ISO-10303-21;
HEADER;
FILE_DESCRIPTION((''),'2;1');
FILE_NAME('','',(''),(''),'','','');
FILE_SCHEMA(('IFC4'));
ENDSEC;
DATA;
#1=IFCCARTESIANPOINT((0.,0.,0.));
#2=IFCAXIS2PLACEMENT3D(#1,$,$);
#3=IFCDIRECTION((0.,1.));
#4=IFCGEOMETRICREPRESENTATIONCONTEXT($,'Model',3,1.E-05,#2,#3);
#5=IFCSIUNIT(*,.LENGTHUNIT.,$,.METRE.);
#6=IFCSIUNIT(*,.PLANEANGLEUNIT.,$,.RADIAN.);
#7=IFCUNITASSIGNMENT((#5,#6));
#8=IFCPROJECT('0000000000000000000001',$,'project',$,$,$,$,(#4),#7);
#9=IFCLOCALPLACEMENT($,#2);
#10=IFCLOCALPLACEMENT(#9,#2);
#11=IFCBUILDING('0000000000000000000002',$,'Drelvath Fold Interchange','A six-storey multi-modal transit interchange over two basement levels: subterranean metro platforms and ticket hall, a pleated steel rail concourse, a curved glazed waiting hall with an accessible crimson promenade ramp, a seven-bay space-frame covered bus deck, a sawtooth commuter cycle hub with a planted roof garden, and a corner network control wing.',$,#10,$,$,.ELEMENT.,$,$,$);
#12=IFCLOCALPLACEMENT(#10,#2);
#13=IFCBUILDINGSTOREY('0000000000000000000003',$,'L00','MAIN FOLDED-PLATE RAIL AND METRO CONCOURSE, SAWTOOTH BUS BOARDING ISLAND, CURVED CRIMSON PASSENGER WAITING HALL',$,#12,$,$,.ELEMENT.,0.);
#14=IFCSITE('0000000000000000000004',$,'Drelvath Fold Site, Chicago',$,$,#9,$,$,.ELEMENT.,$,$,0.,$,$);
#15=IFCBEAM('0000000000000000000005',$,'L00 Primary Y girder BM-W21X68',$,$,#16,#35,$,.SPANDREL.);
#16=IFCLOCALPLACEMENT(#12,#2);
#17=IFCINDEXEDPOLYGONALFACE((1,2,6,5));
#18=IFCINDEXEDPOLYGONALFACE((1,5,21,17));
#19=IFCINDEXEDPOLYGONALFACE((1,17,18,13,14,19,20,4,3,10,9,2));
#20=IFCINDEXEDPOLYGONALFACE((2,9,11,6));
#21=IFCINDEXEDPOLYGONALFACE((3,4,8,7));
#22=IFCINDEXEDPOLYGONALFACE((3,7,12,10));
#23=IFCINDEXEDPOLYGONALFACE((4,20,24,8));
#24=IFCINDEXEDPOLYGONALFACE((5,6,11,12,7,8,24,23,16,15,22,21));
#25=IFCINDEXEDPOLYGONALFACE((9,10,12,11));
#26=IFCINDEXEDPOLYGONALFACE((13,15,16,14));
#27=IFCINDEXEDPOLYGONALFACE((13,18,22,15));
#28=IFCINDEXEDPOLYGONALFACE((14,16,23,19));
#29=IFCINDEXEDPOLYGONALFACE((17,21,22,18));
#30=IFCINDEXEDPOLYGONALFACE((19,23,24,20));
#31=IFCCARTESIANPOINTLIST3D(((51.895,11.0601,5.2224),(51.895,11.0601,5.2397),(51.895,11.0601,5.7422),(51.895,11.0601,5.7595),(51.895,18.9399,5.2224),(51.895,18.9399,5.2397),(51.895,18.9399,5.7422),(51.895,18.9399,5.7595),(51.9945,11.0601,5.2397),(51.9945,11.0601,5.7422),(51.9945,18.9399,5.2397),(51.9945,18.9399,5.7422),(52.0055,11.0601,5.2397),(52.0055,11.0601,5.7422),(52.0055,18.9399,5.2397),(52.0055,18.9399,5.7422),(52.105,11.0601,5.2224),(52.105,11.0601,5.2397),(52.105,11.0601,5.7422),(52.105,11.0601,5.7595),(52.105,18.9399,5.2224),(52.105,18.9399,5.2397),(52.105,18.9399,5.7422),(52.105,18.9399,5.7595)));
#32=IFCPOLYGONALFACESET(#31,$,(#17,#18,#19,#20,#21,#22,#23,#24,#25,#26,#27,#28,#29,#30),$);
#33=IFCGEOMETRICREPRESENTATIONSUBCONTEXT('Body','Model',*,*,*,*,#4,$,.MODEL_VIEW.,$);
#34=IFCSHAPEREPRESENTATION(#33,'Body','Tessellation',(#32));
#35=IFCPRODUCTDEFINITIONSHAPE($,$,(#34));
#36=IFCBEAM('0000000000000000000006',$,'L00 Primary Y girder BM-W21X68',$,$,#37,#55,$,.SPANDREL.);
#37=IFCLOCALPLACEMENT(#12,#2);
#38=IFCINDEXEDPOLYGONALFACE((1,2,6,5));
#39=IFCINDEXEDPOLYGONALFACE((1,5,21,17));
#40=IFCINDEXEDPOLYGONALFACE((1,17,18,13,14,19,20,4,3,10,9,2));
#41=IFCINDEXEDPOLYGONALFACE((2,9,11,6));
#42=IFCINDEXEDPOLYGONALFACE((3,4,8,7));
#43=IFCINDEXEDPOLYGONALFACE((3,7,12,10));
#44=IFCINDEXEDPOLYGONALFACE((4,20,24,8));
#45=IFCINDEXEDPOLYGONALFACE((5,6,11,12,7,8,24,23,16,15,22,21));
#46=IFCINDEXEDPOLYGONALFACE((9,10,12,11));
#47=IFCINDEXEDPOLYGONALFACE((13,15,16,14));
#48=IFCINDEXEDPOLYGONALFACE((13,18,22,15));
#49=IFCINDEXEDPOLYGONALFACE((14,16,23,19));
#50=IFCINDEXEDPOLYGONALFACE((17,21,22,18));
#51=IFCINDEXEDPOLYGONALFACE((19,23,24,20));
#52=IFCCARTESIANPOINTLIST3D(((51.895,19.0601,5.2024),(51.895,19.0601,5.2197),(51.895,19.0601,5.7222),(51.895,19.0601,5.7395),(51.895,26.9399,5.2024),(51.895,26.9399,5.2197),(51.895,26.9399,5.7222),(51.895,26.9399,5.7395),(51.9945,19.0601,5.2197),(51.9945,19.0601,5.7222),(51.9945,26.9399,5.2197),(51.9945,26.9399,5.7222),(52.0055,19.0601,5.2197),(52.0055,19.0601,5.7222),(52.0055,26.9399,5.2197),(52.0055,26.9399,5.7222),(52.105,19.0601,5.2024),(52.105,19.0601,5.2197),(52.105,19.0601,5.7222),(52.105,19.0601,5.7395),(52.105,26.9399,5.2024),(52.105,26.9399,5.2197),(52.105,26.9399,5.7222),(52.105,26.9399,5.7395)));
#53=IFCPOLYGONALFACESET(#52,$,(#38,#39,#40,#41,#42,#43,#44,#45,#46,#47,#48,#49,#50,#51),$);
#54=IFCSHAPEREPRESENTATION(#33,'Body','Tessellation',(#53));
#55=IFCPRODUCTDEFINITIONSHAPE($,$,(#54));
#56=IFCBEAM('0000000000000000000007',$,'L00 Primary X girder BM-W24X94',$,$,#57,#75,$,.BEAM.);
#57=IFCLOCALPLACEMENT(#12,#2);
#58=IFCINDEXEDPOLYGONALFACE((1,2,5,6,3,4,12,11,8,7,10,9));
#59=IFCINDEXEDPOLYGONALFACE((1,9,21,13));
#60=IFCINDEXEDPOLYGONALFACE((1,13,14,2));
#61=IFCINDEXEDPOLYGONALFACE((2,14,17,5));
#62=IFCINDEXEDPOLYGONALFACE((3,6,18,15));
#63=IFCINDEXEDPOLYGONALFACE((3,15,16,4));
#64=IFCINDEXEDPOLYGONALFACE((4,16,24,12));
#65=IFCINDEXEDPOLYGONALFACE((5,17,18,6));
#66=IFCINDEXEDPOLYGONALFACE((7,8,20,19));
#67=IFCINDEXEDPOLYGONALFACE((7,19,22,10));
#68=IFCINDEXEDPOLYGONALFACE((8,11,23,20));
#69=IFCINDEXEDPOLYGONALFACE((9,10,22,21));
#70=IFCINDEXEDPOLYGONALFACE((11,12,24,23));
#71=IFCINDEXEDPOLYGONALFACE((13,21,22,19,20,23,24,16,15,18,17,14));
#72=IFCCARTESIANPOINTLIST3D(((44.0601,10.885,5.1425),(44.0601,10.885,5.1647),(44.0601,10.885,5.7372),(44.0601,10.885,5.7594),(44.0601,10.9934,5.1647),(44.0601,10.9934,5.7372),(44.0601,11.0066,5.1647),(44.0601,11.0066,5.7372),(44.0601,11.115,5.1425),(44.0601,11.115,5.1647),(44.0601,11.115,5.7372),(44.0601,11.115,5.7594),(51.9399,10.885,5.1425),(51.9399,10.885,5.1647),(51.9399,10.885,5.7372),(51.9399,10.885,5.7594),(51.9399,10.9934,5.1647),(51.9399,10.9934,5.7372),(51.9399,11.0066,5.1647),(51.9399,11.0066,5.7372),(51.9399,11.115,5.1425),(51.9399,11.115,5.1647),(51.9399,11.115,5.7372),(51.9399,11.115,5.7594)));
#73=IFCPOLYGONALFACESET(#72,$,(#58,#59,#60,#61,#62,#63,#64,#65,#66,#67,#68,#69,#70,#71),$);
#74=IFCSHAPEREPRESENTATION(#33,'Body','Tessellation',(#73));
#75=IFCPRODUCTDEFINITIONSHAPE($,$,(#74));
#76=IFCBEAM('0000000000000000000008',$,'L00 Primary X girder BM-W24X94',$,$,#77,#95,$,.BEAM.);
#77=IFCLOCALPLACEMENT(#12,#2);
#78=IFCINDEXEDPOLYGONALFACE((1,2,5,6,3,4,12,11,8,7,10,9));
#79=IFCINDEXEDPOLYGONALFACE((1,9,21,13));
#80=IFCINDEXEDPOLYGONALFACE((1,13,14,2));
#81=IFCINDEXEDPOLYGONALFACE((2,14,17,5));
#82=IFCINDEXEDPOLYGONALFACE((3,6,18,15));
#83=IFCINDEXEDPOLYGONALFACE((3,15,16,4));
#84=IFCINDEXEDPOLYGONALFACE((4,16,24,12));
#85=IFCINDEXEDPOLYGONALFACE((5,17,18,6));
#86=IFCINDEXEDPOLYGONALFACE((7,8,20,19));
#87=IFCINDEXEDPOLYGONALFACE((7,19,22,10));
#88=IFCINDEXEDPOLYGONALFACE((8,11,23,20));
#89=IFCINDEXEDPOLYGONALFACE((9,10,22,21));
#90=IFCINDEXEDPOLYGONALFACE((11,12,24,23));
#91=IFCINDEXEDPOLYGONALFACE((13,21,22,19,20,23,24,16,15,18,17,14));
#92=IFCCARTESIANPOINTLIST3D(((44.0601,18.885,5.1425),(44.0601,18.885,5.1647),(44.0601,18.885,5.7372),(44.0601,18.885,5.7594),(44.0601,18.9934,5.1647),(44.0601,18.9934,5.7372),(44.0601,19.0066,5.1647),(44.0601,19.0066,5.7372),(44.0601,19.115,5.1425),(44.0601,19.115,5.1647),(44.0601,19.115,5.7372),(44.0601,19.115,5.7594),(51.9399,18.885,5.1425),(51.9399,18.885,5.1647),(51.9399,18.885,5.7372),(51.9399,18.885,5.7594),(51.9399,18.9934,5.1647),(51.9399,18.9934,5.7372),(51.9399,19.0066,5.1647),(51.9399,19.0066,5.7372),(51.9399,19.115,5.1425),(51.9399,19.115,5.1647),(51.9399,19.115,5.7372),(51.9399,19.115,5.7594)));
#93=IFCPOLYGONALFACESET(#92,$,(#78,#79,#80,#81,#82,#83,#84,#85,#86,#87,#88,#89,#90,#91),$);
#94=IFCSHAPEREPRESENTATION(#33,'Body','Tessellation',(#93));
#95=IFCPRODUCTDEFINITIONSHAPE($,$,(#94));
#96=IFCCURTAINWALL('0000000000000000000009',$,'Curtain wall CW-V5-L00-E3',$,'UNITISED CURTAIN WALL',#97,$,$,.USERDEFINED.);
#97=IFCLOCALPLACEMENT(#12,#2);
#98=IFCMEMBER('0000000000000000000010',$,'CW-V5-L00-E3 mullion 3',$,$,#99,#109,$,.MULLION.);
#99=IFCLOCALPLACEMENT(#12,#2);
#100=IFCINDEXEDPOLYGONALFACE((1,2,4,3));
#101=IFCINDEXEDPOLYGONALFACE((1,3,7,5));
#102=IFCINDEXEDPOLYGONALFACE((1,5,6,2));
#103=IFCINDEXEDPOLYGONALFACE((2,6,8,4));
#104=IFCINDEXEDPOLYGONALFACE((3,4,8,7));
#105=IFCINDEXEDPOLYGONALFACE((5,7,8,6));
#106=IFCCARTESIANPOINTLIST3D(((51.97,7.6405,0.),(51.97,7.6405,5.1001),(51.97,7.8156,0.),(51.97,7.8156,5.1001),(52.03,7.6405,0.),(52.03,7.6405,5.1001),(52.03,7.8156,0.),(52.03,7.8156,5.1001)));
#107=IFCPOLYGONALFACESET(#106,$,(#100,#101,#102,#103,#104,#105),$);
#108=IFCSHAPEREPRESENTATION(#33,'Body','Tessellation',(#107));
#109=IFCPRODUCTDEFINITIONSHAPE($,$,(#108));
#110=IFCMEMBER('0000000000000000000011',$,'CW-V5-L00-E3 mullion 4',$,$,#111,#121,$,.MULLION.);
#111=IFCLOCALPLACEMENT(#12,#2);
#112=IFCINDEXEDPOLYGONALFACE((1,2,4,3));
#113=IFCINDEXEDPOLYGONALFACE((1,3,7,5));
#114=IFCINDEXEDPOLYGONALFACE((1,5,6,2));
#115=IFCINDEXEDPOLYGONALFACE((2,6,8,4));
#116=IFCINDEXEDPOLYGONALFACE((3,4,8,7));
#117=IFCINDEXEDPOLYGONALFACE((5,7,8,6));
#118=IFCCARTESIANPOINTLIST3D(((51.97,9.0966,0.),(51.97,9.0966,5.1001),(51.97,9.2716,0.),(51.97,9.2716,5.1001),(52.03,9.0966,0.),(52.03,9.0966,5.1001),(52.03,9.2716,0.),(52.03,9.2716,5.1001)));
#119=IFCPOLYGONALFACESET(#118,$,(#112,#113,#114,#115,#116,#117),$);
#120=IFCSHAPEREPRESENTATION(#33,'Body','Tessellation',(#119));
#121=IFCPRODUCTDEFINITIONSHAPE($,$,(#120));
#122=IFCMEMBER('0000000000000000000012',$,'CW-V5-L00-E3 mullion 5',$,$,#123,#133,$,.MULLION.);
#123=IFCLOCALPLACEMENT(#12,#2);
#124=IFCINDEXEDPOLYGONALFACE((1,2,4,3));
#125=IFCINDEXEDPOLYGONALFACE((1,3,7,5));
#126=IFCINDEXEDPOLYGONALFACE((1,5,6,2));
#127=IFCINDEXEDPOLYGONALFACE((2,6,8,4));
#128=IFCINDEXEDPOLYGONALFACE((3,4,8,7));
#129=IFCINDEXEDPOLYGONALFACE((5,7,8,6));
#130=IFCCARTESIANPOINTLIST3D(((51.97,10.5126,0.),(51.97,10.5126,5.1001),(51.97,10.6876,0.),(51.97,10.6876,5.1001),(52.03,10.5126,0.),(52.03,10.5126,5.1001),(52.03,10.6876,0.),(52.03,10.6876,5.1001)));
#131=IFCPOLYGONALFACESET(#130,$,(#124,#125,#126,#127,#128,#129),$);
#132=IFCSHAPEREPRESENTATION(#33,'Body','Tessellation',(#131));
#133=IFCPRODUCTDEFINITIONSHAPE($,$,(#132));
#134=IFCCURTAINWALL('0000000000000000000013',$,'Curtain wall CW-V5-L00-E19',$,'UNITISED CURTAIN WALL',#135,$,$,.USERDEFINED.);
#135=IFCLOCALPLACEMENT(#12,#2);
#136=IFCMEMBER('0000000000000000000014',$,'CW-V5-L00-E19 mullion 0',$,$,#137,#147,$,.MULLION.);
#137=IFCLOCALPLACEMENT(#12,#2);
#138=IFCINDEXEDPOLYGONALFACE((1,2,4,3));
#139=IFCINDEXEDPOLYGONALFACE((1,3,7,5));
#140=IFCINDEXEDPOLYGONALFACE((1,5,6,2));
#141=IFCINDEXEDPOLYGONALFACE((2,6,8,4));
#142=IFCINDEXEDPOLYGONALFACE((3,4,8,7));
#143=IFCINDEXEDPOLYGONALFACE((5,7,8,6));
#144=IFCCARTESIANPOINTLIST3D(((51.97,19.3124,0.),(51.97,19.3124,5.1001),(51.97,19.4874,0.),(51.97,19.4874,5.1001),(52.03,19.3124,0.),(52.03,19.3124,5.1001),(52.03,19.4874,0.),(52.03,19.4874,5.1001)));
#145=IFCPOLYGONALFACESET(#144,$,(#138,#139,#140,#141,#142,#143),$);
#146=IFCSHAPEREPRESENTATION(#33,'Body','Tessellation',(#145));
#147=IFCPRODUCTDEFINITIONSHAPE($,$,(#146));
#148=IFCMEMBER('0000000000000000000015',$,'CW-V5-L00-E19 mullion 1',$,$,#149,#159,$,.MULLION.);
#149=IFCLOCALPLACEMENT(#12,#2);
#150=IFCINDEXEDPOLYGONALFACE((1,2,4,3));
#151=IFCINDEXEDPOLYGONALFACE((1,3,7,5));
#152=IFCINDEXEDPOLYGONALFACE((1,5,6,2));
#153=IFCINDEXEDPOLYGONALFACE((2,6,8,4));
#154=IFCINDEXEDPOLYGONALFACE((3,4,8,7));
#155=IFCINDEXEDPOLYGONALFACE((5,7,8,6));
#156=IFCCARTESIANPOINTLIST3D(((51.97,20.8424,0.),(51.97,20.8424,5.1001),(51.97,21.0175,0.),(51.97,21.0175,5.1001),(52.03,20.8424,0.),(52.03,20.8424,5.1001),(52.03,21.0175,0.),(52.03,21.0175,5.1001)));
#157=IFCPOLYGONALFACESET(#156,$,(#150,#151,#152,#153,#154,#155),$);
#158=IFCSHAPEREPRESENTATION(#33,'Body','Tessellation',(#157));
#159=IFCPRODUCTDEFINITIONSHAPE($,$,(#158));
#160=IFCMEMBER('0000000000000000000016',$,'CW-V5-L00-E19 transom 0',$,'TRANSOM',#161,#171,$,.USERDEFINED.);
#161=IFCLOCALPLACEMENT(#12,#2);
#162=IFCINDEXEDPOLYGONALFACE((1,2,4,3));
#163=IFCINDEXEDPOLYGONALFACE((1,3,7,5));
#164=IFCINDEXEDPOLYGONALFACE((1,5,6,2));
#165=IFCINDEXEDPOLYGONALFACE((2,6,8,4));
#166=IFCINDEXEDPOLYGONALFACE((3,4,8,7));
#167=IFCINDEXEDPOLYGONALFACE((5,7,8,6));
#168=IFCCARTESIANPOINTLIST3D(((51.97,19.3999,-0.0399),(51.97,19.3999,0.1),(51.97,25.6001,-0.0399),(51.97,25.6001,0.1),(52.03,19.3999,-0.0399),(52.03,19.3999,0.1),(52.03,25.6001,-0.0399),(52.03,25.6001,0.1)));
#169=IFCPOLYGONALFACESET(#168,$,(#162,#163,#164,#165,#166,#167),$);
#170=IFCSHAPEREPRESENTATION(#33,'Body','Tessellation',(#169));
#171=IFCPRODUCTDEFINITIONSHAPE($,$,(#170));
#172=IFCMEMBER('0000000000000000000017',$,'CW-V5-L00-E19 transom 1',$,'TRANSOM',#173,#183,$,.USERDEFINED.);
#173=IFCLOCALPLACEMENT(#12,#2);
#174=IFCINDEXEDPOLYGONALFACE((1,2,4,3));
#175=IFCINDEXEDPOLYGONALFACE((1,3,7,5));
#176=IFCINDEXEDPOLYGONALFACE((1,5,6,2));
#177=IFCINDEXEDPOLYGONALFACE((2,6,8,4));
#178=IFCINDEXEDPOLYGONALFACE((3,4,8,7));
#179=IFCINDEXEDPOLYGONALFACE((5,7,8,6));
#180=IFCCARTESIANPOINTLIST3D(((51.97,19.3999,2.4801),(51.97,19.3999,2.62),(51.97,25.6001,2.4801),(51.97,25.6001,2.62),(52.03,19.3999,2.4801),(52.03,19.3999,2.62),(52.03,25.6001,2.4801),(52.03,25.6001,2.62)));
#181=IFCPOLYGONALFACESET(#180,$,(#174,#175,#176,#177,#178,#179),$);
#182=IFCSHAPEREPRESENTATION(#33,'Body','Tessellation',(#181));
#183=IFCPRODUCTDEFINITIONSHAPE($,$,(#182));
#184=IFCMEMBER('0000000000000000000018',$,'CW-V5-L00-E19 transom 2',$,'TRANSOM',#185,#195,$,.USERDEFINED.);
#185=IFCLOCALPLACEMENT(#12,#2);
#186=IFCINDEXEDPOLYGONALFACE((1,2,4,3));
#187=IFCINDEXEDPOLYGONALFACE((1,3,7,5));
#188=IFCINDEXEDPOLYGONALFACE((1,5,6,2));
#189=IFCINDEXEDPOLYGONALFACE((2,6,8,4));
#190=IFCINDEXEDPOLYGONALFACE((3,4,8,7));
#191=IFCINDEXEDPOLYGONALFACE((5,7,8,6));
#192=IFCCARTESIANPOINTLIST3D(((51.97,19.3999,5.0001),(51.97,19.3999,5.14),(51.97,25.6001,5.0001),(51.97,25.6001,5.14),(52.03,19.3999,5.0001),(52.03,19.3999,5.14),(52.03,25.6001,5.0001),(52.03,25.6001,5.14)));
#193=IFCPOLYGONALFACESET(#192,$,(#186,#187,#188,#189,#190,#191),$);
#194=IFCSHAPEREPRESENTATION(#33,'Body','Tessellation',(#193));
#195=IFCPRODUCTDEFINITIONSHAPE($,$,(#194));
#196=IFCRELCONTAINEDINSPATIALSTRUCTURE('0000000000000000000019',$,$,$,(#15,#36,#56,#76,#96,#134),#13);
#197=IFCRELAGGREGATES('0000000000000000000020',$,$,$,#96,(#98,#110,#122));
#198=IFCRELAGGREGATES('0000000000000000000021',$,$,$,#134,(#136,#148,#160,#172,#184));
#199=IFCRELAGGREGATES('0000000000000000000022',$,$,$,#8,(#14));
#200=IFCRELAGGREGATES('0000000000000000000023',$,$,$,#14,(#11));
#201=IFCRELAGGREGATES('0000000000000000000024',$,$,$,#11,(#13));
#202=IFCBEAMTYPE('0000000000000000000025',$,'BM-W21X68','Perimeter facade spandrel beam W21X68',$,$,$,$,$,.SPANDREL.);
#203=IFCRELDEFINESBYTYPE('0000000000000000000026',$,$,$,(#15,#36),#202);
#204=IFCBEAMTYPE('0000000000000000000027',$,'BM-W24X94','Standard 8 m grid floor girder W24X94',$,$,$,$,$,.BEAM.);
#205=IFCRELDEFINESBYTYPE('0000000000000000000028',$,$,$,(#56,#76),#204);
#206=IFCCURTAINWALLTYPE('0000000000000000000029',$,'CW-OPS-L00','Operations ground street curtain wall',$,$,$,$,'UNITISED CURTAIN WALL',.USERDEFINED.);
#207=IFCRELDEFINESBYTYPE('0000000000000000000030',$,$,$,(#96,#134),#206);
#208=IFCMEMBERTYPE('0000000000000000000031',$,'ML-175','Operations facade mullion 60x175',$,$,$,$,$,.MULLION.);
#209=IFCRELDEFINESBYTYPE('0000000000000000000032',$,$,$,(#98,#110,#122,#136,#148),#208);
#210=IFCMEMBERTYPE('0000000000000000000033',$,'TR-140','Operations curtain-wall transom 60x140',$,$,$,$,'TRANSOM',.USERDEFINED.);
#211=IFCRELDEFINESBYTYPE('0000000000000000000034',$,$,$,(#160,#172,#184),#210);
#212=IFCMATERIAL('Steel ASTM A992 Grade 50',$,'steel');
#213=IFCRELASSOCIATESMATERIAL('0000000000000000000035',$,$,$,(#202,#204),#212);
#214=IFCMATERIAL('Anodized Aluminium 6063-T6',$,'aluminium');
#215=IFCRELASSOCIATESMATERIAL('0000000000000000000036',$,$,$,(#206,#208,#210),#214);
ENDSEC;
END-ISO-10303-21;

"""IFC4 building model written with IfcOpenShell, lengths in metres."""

from ifc_helpers import new_model, si_unit, direction, frame, origin, origin_2d, place, context, subcontext, project, spatial, rectangle, i_section, extrude, material, material_profile, profile_set, type_object, element, aggregate, save


model = new_model("IFC4")

# Units and contexts
model_context = context("Model", 3, precision=1e-05, world=origin(), true_north=direction((0.0, 1.0)))
body_context = subcontext(model_context, "Body", "Model", "MODEL_VIEW")
ifc_project = project(units=[si_unit("LENGTHUNIT", "METRE"), si_unit("PLANEANGLEUNIT", "RADIAN")], contexts=[model_context])

# Site, building, storey
site_placement = place(None, origin())
site = spatial("IfcSite", under=ifc_project, at=site_placement, Name="Drelvath Fold Site, Chicago", CompositionType="ELEMENT", RefElevation=0.0)
building_placement = place(site_placement, origin())
building = spatial("IfcBuilding", under=site, at=building_placement, Name="Drelvath Fold Interchange", Description="A six-storey multi-modal transit interchange over two basement levels: subterranean metro platforms and ticket hall, a pleated steel rail concourse, a curved glazed waiting hall with an accessible crimson promenade ramp, a seven-bay space-frame covered bus deck, a sawtooth commuter cycle hub with a planted roof garden, and a corner network control wing.", CompositionType="ELEMENT")
storey_placement = place(building_placement, origin())
storey = spatial("IfcBuildingStorey", under=building, at=storey_placement, Name="L00", Description="MAIN FOLDED-PLATE RAIL AND METRO CONCOURSE, SAWTOOTH BUS BOARDING ISLAND, CURVED CRIMSON PASSENGER WAITING HALL", CompositionType="ELEMENT", Elevation=0.0)

# Shared definitions
ifc_material_1 = material(Name="Steel ASTM A992 Grade 50", Category="steel")

# Beams
ifc_material_profile_1 = material_profile(ifc_material_1, i_section(OverallWidth=0.21, OverallDepth=0.5371, WebThickness=0.011, FlangeThickness=0.0173, at=origin_2d()), Name="W21X68")
ifc_profile_set_1 = profile_set([ifc_material_profile_1], Name="Steel ASTM A992 Grade 50")
beam_type_1 = type_object("IfcBeamType", Name="BM-W21X68", Description="Perimeter facade spandrel beam W21X68", PredefinedType="SPANDREL", material=ifc_profile_set_1)
for number, where, z_axis, x_axis, name in (
    (1, (52.0, 11.0601, 5.491), (0.0, 1.0, 0.0), (-1.0, 0.0, 0.0), "L00 Primary Y girder BM-W21X68"),
    (2, (52.0, 19.0601, 5.4709), (0.0, 1.0, 0.0), (-1.0, 0.0, 0.0), "L00 Primary Y girder BM-W21X68"),
):
    element("IfcBeam", number, at=place(storey_placement, frame(where, z_axis=z_axis, x_axis=x_axis)), inside=storey, type_object=beam_type_1, Name=name, PredefinedType="SPANDREL", context=body_context, shape_type="SweptSolid", body=[
        extrude(i_section(OverallWidth=0.21, OverallDepth=0.5371, WebThickness=0.011, FlangeThickness=0.0173, at=origin_2d()), origin(), (0.0, 0.0, 1.0), 7.8799),
    ])
ifc_material_profile_2 = material_profile(ifc_material_1, i_section(OverallWidth=0.23, OverallDepth=0.6169, WebThickness=0.0132, FlangeThickness=0.0222, at=origin_2d()), Name="W24X94")
ifc_profile_set_2 = profile_set([ifc_material_profile_2], Name="Steel ASTM A992 Grade 50")
beam_type_2 = type_object("IfcBeamType", Name="BM-W24X94", Description="Standard 8 m grid floor girder W24X94", PredefinedType="BEAM", material=ifc_profile_set_2)
for number, where, z_axis, x_axis, name in (
    (3, (44.0601, 11.0, 5.4509), (1.0, 0.0, 0.0), (0.0, 1.0, 0.0), "L00 Primary X girder BM-W24X94"),
    (4, (44.0601, 19.0, 5.4509), (1.0, 0.0, 0.0), (0.0, 1.0, 0.0), "L00 Primary X girder BM-W24X94"),
):
    element("IfcBeam", number, at=place(storey_placement, frame(where, z_axis=z_axis, x_axis=x_axis)), inside=storey, type_object=beam_type_2, Name=name, PredefinedType="BEAM", context=body_context, shape_type="SweptSolid", body=[
        extrude(i_section(OverallWidth=0.23, OverallDepth=0.6169, WebThickness=0.0132, FlangeThickness=0.0222, at=origin_2d()), origin(), (0.0, 0.0, 1.0), 7.8799),
    ])

# Curtain walls, members
ifc_material_2 = material(Name="Anodized Aluminium 6063-T6", Category="aluminium")
curtain_wall_type = type_object("IfcCurtainWallType", Name="CW-OPS-L00", Description="Operations ground street curtain wall", ElementType="UNITISED CURTAIN WALL", PredefinedType="USERDEFINED", material=ifc_material_2)
curtain_wall_1_placement = place(storey_placement, origin())
curtain_wall_1 = element("IfcCurtainWall", 5, at=curtain_wall_1_placement, inside=storey, type_object=curtain_wall_type, Name="Curtain wall CW-V5-L00-E3", ObjectType="UNITISED CURTAIN WALL", PredefinedType="USERDEFINED")
ifc_material_profile_3 = material_profile(ifc_material_2, rectangle(XDim=0.0601, YDim=0.175, at=origin_2d()), Name="AL-M 60x175")
ifc_profile_set_3 = profile_set([ifc_material_profile_3], Name="Anodized Aluminium 6063-T6")
member_type_1 = type_object("IfcMemberType", Name="ML-175", Description="Operations facade mullion 60x175", PredefinedType="MULLION", material=ifc_profile_set_3)
member_1_placement = place(storey_placement, frame((52.0, 7.728, 0.0), z_axis=(0.0, 0.0, 1.0), x_axis=(1.0, 0.0, 0.0)))
member_1 = element("IfcMember", 6, at=member_1_placement, type_object=member_type_1, Name="CW-V5-L00-E3 mullion 3", PredefinedType="MULLION", context=body_context, shape_type="SweptSolid", body=[
    extrude(rectangle(XDim=0.0601, YDim=0.175, at=origin_2d()), origin(), (0.0, 0.0, 1.0), 5.1001),
])
member_2_placement = place(storey_placement, frame((52.0, 9.1841, 0.0), z_axis=(0.0, 0.0, 1.0), x_axis=(1.0, 0.0, 0.0)))
member_2 = element("IfcMember", 7, at=member_2_placement, type_object=member_type_1, Name="CW-V5-L00-E3 mullion 4", PredefinedType="MULLION", context=body_context, shape_type="SweptSolid", body=[
    extrude(rectangle(XDim=0.0601, YDim=0.175, at=origin_2d()), origin(), (0.0, 0.0, 1.0), 5.1001),
])
member_3_placement = place(storey_placement, frame((52.0, 10.6001, 0.0), z_axis=(0.0, 0.0, 1.0), x_axis=(1.0, 0.0, 0.0)))
member_3 = element("IfcMember", 8, at=member_3_placement, type_object=member_type_1, Name="CW-V5-L00-E3 mullion 5", PredefinedType="MULLION", context=body_context, shape_type="SweptSolid", body=[
    extrude(rectangle(XDim=0.0601, YDim=0.175, at=origin_2d()), origin(), (0.0, 0.0, 1.0), 5.1001),
])
curtain_wall_2_placement = place(storey_placement, origin())
curtain_wall_2 = element("IfcCurtainWall", 9, at=curtain_wall_2_placement, inside=storey, type_object=curtain_wall_type, Name="Curtain wall CW-V5-L00-E19", ObjectType="UNITISED CURTAIN WALL", PredefinedType="USERDEFINED")
member_4_placement = place(storey_placement, frame((52.0, 19.3999, 0.0), z_axis=(0.0, 0.0, 1.0), x_axis=(1.0, 0.0, 0.0)))
member_4 = element("IfcMember", 10, at=member_4_placement, type_object=member_type_1, Name="CW-V5-L00-E19 mullion 0", PredefinedType="MULLION", context=body_context, shape_type="SweptSolid", body=[
    extrude(rectangle(XDim=0.0601, YDim=0.175, at=origin_2d()), origin(), (0.0, 0.0, 1.0), 5.1001),
])
member_5_placement = place(storey_placement, frame((52.0, 20.9299, 0.0), z_axis=(0.0, 0.0, 1.0), x_axis=(1.0, 0.0, 0.0)))
member_5 = element("IfcMember", 11, at=member_5_placement, type_object=member_type_1, Name="CW-V5-L00-E19 mullion 1", PredefinedType="MULLION", context=body_context, shape_type="SweptSolid", body=[
    extrude(rectangle(XDim=0.0601, YDim=0.175, at=origin_2d()), origin(), (0.0, 0.0, 1.0), 5.1001),
])
ifc_material_profile_4 = material_profile(ifc_material_2, rectangle(XDim=0.0601, YDim=0.1399, at=origin_2d()), Name="AL-T 60x140")
ifc_profile_set_4 = profile_set([ifc_material_profile_4], Name="Anodized Aluminium 6063-T6")
member_type_2 = type_object("IfcMemberType", Name="TR-140", Description="Operations curtain-wall transom 60x140", ElementType="TRANSOM", PredefinedType="USERDEFINED", material=ifc_profile_set_4)
member_6_placement = place(storey_placement, frame((52.0, 19.3999, 0.03), z_axis=(0.0, 1.0, 0.0), x_axis=(-1.0, 0.0, 0.0)))
member_6 = element("IfcMember", 12, at=member_6_placement, type_object=member_type_2, Name="CW-V5-L00-E19 transom 0", ObjectType="TRANSOM", PredefinedType="USERDEFINED", context=body_context, shape_type="SweptSolid", body=[
    extrude(rectangle(XDim=0.0601, YDim=0.1399, at=origin_2d()), origin(), (0.0, 0.0, 1.0), 6.2002),
])
member_7_placement = place(storey_placement, frame((52.0, 19.3999, 2.55), z_axis=(0.0, 1.0, 0.0), x_axis=(-1.0, 0.0, 0.0)))
member_7 = element("IfcMember", 13, at=member_7_placement, type_object=member_type_2, Name="CW-V5-L00-E19 transom 1", ObjectType="TRANSOM", PredefinedType="USERDEFINED", context=body_context, shape_type="SweptSolid", body=[
    extrude(rectangle(XDim=0.0601, YDim=0.1399, at=origin_2d()), origin(), (0.0, 0.0, 1.0), 6.2002),
])
member_8_placement = place(storey_placement, frame((52.0, 19.3999, 5.0701), z_axis=(0.0, 1.0, 0.0), x_axis=(-1.0, 0.0, 0.0)))
member_8 = element("IfcMember", 14, at=member_8_placement, type_object=member_type_2, Name="CW-V5-L00-E19 transom 2", ObjectType="TRANSOM", PredefinedType="USERDEFINED", context=body_context, shape_type="SweptSolid", body=[
    extrude(rectangle(XDim=0.0601, YDim=0.1399, at=origin_2d()), origin(), (0.0, 0.0, 1.0), 6.2002),
])

aggregate(curtain_wall_1, [member_1, member_2, member_3])
aggregate(curtain_wall_2, [member_4, member_5, member_6, member_7, member_8])

save(model, "model.ifc")
